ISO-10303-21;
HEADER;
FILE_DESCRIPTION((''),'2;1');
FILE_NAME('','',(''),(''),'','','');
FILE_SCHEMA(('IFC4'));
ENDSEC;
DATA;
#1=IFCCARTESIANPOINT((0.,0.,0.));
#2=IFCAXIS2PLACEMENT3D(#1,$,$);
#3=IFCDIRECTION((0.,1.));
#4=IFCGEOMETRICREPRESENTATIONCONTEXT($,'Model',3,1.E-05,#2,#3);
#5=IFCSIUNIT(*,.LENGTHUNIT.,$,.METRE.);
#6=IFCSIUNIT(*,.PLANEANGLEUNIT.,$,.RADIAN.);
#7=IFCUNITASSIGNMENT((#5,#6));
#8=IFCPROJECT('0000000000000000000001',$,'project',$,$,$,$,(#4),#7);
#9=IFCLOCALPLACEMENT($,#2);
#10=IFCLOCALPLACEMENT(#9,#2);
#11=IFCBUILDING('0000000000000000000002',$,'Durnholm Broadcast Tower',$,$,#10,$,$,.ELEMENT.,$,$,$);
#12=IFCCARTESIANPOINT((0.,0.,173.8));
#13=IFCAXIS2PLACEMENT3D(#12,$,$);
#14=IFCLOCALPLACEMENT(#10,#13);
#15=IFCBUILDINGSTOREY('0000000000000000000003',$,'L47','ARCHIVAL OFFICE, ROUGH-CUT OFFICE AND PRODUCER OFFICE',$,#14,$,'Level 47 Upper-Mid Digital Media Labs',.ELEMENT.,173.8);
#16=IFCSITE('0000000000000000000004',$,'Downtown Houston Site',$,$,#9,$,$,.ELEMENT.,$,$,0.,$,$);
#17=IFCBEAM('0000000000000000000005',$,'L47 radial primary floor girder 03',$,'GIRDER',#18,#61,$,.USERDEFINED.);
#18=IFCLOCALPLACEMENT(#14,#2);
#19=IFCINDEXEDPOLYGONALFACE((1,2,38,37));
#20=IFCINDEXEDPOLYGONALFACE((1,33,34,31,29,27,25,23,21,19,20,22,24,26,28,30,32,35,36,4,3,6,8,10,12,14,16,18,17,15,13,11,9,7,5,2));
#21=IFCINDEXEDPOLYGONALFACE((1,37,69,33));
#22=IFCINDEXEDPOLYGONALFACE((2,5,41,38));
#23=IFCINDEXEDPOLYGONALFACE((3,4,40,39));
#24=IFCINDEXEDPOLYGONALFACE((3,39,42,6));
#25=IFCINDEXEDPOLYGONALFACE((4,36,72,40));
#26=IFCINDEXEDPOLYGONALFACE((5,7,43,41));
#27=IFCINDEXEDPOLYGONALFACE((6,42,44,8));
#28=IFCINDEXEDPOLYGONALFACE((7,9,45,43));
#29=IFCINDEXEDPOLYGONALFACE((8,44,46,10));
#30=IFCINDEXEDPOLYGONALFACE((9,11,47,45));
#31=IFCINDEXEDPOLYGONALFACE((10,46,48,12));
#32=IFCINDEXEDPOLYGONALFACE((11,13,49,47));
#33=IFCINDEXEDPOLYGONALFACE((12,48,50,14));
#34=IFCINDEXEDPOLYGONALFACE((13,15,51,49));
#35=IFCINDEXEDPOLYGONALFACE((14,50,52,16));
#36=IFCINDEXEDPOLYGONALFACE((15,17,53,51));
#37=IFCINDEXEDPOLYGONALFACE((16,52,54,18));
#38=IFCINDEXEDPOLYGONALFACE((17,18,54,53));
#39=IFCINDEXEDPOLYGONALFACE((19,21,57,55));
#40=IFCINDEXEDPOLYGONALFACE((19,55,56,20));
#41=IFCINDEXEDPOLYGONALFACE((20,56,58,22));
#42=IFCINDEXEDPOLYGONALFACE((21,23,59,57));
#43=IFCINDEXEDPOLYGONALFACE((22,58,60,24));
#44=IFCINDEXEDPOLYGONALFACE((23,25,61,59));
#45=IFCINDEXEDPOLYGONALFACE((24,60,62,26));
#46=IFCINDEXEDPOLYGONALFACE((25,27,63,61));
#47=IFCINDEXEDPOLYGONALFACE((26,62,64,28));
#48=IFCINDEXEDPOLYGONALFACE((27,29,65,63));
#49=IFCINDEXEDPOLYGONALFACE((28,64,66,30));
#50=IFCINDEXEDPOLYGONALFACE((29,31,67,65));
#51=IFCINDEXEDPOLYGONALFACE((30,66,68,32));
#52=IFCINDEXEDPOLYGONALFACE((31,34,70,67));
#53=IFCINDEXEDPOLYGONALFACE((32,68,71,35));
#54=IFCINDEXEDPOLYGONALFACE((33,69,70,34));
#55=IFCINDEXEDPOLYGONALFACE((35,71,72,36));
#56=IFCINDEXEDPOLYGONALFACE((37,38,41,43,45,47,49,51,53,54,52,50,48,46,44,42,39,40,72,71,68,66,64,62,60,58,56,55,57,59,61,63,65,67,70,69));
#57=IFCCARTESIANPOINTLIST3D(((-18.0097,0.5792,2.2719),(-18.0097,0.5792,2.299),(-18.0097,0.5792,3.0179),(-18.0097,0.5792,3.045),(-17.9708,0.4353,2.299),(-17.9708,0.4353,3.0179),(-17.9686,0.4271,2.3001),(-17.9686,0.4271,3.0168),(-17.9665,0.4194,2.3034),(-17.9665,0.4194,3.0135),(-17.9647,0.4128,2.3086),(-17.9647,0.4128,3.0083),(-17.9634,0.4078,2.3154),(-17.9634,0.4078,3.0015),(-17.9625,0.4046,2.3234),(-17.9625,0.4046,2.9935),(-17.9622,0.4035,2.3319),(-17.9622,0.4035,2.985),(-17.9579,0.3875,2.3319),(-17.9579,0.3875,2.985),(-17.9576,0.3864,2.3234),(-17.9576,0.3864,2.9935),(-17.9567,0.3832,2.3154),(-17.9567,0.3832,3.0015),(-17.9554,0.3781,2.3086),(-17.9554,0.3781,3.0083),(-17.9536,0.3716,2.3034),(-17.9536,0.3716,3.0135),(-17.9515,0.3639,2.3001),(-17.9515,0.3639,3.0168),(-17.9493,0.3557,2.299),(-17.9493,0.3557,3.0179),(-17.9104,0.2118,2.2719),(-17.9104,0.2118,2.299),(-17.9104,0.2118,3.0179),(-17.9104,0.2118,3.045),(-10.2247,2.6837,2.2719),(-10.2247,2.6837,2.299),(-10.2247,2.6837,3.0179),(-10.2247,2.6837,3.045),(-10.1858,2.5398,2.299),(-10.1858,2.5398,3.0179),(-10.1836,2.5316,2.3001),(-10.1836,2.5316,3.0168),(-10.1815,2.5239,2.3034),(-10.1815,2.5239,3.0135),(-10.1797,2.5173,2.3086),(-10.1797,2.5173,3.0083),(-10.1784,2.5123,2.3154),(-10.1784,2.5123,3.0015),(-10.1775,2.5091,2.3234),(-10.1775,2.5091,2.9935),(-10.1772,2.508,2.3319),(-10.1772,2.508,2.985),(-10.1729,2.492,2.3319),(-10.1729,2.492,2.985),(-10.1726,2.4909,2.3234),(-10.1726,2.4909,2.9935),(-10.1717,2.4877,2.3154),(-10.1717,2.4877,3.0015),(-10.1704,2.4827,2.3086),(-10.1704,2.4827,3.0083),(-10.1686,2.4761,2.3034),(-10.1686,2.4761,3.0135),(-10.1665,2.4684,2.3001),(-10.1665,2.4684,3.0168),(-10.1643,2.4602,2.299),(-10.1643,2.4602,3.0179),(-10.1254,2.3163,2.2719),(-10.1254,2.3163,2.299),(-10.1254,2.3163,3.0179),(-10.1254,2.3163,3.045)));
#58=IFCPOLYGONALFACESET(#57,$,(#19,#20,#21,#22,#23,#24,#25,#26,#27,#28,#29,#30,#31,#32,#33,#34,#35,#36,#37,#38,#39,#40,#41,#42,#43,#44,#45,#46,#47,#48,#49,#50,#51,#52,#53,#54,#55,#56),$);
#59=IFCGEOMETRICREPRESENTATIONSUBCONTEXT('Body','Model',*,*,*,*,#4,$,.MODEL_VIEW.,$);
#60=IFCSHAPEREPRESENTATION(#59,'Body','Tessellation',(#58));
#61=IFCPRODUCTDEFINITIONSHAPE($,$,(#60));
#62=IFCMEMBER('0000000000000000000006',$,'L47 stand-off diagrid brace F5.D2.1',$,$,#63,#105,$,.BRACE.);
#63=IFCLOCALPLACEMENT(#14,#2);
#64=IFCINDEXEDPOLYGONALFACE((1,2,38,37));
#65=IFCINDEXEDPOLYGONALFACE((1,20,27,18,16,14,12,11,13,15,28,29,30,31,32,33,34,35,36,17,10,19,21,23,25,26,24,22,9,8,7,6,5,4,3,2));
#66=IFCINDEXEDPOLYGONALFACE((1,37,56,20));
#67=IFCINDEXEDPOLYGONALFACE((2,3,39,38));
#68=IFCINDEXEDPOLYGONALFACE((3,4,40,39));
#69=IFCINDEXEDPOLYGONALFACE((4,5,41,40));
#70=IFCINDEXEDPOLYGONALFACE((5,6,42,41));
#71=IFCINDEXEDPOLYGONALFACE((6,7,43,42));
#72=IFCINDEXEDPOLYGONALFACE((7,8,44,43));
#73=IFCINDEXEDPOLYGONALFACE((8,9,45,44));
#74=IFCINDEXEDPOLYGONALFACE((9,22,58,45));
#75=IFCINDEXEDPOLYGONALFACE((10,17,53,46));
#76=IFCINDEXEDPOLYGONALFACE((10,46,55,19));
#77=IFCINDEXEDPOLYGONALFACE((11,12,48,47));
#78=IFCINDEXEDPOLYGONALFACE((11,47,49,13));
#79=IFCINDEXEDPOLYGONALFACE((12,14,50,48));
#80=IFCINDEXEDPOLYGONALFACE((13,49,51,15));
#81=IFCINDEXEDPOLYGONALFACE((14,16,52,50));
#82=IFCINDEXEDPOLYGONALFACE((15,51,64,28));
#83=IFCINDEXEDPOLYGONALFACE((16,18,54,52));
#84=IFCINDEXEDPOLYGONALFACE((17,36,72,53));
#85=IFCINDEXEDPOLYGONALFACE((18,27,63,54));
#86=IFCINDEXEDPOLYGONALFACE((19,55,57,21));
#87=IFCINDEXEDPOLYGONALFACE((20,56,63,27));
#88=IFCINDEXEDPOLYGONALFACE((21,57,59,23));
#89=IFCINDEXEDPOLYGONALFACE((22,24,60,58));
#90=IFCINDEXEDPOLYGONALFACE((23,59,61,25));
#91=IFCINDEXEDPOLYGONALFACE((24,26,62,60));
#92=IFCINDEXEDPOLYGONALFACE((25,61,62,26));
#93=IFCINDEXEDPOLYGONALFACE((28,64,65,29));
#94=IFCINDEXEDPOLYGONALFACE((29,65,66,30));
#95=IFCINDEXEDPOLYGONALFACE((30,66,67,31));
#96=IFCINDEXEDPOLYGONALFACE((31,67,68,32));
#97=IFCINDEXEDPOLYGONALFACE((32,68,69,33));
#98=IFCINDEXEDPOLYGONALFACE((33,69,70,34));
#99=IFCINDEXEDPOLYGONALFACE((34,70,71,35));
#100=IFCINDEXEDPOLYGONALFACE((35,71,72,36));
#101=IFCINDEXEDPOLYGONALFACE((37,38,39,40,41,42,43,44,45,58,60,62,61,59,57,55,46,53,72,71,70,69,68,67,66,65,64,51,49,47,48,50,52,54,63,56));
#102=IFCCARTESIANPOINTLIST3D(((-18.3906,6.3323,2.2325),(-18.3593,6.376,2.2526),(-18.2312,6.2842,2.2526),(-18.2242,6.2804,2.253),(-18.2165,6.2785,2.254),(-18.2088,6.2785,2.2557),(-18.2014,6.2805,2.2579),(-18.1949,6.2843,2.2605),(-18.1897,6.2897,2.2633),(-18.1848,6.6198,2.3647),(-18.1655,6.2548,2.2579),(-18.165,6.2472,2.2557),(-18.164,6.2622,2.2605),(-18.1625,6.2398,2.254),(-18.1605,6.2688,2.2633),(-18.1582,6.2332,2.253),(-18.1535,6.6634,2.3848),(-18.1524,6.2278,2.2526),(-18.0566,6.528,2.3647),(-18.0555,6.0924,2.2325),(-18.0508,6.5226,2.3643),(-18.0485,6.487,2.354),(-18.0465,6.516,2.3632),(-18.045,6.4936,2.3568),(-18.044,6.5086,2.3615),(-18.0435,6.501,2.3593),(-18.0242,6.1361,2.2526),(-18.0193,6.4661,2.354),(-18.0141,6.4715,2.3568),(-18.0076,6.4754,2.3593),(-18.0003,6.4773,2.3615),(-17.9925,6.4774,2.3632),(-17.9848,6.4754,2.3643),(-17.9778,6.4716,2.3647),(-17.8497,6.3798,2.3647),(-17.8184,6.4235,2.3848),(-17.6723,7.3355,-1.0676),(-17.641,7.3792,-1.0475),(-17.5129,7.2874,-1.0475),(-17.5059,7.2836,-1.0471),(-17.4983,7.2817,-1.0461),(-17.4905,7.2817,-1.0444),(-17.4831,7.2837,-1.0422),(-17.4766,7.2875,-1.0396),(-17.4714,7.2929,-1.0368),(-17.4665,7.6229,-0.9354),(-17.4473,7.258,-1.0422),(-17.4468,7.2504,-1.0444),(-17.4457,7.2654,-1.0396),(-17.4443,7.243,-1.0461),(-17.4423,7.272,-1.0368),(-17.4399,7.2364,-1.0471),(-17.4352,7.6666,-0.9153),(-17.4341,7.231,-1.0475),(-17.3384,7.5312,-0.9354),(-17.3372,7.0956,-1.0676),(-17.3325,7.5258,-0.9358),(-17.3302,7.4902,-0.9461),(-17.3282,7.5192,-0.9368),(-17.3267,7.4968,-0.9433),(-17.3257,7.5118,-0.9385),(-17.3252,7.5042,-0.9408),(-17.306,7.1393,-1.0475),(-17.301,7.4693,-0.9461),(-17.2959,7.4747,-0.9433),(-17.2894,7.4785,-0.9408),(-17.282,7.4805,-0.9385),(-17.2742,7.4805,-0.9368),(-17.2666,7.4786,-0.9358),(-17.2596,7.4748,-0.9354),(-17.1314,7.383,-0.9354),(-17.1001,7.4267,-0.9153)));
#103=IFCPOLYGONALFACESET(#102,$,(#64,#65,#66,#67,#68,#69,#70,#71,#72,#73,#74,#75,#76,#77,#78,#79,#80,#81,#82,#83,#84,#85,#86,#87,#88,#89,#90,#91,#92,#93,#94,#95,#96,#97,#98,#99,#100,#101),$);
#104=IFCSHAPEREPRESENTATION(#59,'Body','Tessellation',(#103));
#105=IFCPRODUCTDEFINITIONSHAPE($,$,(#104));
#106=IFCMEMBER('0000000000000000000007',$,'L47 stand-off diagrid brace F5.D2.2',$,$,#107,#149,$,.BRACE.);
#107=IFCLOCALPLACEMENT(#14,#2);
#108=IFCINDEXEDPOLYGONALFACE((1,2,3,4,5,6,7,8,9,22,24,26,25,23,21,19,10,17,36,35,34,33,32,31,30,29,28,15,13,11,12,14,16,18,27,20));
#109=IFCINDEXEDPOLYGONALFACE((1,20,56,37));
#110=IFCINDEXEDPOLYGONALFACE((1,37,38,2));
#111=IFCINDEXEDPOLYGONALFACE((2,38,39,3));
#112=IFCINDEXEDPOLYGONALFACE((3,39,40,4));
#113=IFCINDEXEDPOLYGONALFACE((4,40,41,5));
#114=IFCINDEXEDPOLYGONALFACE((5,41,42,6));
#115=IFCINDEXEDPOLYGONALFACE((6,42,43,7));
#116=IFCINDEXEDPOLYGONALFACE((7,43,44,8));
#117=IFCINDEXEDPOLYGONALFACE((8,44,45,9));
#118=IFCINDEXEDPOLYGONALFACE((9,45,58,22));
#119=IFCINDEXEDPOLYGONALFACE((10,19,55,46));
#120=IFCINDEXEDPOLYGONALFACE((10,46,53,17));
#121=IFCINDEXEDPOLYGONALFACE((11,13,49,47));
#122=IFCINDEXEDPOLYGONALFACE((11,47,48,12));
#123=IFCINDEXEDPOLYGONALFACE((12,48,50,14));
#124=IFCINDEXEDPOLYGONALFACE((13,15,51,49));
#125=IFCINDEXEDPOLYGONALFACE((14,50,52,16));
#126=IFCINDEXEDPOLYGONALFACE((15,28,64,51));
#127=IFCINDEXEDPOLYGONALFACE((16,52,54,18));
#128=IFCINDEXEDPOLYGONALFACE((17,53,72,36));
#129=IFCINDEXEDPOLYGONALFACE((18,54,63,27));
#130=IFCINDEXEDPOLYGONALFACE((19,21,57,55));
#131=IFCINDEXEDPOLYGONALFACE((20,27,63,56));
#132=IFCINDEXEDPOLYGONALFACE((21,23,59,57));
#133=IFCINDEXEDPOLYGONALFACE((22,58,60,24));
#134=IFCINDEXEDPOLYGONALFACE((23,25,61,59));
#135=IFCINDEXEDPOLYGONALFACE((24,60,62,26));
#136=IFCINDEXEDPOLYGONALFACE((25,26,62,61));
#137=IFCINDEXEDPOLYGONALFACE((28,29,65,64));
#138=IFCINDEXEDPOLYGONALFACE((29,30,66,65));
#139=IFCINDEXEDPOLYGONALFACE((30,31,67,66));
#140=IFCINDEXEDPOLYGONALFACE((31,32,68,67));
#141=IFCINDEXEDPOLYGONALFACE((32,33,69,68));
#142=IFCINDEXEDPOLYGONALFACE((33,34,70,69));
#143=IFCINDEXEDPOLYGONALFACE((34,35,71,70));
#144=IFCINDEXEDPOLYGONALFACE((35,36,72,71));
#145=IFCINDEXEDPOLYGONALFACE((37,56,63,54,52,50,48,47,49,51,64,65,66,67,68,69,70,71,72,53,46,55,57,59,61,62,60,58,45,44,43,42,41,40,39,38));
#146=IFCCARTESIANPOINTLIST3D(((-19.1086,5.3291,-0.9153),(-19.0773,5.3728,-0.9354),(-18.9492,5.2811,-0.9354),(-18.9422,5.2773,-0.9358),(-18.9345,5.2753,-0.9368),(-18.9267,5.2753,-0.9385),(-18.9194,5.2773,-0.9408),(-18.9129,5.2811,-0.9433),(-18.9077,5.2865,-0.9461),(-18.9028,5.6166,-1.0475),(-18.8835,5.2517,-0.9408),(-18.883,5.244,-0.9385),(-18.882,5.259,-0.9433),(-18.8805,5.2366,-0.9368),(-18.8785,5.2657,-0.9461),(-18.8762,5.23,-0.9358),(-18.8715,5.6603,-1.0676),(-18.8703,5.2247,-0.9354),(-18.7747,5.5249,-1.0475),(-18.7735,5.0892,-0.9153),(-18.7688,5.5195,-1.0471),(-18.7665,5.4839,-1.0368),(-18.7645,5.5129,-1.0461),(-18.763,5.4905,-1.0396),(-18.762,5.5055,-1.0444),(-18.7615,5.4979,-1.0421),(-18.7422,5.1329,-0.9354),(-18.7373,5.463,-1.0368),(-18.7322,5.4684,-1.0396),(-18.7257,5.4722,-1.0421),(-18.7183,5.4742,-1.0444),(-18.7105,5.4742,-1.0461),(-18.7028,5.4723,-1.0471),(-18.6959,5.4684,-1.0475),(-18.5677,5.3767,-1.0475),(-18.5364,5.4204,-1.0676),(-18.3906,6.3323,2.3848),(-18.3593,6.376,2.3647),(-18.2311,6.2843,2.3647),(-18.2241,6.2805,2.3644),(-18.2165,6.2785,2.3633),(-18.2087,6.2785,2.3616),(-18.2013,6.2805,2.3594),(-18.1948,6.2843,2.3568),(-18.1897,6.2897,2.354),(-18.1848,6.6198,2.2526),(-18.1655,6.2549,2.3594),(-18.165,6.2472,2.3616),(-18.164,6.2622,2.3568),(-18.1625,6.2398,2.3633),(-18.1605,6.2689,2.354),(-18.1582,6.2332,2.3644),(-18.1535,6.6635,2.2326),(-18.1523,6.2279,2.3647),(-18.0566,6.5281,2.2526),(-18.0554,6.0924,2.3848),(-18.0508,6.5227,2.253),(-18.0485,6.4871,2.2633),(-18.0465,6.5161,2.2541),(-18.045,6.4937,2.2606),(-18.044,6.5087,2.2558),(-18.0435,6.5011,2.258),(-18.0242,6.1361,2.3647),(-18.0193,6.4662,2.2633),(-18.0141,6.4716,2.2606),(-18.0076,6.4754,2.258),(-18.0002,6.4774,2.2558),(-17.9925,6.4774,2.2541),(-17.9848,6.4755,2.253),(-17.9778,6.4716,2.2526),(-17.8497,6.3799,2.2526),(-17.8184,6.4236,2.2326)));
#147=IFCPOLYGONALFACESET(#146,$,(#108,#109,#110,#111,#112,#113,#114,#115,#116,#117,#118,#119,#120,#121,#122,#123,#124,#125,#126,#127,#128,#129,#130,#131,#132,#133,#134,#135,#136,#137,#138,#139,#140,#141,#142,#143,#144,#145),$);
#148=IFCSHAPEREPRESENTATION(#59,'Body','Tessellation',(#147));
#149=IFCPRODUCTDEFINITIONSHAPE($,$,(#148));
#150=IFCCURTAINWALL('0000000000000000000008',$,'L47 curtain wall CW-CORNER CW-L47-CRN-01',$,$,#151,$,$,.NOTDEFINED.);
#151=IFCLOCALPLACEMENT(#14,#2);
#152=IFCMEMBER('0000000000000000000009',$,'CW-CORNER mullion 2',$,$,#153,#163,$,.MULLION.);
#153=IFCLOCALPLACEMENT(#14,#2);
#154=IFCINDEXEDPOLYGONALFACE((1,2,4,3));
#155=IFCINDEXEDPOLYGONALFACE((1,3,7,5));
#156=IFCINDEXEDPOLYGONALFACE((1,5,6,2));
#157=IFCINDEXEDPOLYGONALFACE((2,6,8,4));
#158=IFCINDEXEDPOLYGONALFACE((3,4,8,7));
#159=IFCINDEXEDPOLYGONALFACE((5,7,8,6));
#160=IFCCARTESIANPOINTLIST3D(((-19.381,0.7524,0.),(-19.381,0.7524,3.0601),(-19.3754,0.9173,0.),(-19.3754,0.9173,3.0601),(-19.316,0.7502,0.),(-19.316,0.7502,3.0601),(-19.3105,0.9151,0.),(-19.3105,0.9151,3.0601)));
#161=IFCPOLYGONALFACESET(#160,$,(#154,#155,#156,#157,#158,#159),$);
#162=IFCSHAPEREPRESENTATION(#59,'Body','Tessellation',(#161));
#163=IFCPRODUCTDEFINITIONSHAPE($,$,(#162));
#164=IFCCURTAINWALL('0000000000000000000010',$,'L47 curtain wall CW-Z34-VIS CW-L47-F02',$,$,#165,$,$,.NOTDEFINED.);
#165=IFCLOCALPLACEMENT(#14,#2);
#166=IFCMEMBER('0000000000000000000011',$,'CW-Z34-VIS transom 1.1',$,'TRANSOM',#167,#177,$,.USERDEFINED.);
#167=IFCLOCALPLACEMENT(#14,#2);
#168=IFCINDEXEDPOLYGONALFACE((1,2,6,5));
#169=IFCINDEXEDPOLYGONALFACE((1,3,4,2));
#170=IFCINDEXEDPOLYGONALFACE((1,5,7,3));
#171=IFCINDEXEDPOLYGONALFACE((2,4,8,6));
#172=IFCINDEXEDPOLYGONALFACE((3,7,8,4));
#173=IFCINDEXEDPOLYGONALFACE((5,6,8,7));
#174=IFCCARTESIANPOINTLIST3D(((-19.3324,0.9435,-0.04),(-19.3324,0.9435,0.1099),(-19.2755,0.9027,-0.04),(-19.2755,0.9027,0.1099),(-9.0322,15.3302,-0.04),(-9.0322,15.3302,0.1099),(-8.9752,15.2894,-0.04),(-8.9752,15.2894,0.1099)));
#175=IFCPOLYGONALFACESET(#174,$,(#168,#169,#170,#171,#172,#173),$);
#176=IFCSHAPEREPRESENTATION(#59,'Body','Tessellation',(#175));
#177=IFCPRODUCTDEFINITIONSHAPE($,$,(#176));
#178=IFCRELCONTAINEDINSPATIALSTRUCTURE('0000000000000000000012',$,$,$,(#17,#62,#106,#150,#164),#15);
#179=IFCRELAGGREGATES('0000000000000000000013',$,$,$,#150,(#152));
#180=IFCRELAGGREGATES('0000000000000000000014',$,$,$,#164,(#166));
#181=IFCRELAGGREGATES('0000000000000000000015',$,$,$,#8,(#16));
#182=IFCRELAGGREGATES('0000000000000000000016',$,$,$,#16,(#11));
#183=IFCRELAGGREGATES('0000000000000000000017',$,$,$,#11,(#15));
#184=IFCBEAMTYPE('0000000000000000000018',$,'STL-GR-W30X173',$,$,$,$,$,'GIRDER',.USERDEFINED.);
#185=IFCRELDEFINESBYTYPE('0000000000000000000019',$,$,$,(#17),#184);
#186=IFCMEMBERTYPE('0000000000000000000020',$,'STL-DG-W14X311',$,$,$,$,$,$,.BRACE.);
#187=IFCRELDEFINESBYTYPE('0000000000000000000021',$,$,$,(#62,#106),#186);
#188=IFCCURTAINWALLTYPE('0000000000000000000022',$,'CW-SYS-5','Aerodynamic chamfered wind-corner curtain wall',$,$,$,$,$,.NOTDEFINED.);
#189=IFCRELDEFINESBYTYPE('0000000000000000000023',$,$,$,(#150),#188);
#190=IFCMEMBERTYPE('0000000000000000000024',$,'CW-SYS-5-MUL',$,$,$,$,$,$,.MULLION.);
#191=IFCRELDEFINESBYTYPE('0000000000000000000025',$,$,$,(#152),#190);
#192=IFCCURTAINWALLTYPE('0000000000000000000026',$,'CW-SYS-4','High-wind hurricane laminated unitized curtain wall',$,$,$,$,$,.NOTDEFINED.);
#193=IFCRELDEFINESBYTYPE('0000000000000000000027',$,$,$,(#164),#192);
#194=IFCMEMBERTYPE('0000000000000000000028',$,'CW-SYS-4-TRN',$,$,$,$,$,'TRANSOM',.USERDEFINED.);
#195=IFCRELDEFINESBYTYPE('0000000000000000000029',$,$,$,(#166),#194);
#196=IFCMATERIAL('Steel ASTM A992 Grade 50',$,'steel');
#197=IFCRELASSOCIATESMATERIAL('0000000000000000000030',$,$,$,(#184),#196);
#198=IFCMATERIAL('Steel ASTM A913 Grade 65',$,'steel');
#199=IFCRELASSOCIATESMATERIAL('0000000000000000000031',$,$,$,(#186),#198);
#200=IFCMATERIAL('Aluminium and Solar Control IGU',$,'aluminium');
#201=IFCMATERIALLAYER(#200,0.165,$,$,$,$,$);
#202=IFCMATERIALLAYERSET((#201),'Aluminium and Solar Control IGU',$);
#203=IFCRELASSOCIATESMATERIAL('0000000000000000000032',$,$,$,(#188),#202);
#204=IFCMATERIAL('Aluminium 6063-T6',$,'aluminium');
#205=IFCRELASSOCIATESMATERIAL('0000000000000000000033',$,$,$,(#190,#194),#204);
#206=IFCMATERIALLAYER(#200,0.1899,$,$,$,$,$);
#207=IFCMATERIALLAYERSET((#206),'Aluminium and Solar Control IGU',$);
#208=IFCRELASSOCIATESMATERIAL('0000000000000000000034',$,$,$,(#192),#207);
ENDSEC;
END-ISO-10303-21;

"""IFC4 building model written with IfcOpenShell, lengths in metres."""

from ifc_helpers import new_model, si_unit, direction, frame, origin, origin_2d, place, context, subcontext, project, spatial, rectangle, i_section, extrude, source, transform, mapped, material, layer, layer_set, material_profile, profile_set, type_object, type_shapes, element, aggregate, save


model = new_model("IFC4")

# Units and contexts
model_context = context("Model", 3, precision=1e-05, world=origin(), true_north=direction((0.0, 1.0)))
body_context = subcontext(model_context, "Body", "Model", "MODEL_VIEW")
ifc_project = project(units=[si_unit("LENGTHUNIT", "METRE"), si_unit("PLANEANGLEUNIT", "RADIAN")], contexts=[model_context])

# Site, building, storey
site_placement = place(None, origin())
site = spatial("IfcSite", under=ifc_project, at=site_placement, Name="Downtown Houston Site", CompositionType="ELEMENT", RefElevation=0.0)
building_placement = place(site_placement, origin())
building = spatial("IfcBuilding", under=site, at=building_placement, Name="Durnholm Broadcast Tower", CompositionType="ELEMENT")
storey_placement = place(building_placement, frame((0.0, 0.0, 173.8)))
storey = spatial("IfcBuildingStorey", under=building, at=storey_placement, Name="L47", Description="ARCHIVAL OFFICE, ROUGH-CUT OFFICE AND PRODUCER OFFICE", LongName="Level 47 Upper-Mid Digital Media Labs", CompositionType="ELEMENT", Elevation=173.8)

# Beam
ifc_material_1 = material(Name="Steel ASTM A992 Grade 50", Category="steel")
ifc_material_profile_1 = material_profile(ifc_material_1, i_section(OverallWidth=0.3806, OverallDepth=0.7732, WebThickness=0.0166, FlangeThickness=0.0271, FilletRadius=0.033, at=origin_2d()), Name="W30X173")
ifc_profile_set_1 = profile_set([ifc_material_profile_1], Name="Steel ASTM A992 Grade 50")
beam_type_1 = type_object("IfcBeamType", Name="STL-GR-W30X173", ElementType="GIRDER", PredefinedType="USERDEFINED", material=ifc_profile_set_1)
shared_shape_1 = source(origin(), body_context, "Body", "SweptSolid", [
    extrude(i_section(OverallWidth=0.3806, OverallDepth=0.7732, WebThickness=0.0166, FlangeThickness=0.0271, FilletRadius=0.033, at=origin_2d()), origin(), (0.0, 0.0, 1.0), 8.0645),
])
beam_1_placement = place(storey_placement, frame((-10.175, 2.5, 2.6584), z_axis=(-0.965349, -0.260962, 0.0), x_axis=(0.260962, -0.965349, 0.0)))
element("IfcBeam", 1, at=beam_1_placement, inside=storey, type_object=beam_type_1, Name="L47 radial primary floor girder 03", ObjectType="GIRDER", PredefinedType="USERDEFINED", context=body_context, shape_type="MappedRepresentation", body=[
    mapped(shared_shape_1, transform((0.0, 0.0, 0.0), x_axis=(1.0, 0.0, 0.0), y_axis=(0.0, 1.0, 0.0), z_axis=(0.0, 0.0, 1.0), scale=1.0)),
])

# Members
ifc_material_2 = material(Name="Steel ASTM A913 Grade 65", Category="steel")
ifc_material_profile_2 = material_profile(ifc_material_2, i_section(OverallWidth=0.4121, OverallDepth=0.4348, WebThickness=0.0359, FlangeThickness=0.0574, FilletRadius=0.0305, at=origin_2d()), Name="W14X311")
ifc_profile_set_2 = profile_set([ifc_material_profile_2], Name="Steel ASTM A913 Grade 65")
member_type_1 = type_object("IfcMemberType", Name="STL-DG-W14X311", PredefinedType="BRACE", material=ifc_profile_set_2)
shared_shape_2 = source(origin(), body_context, "Body", "SweptSolid", [
    extrude(i_section(OverallWidth=0.4121, OverallDepth=0.4348, WebThickness=0.0359, FlangeThickness=0.0574, FilletRadius=0.0305, at=origin_2d()), origin(), (0.0, 0.0, 1.0), 3.5232),
])
type_shapes(member_type_1, [shared_shape_2])
for number, where, z_axis, x_axis, name in (
    (2, (-17.3862, 7.3811, -0.9915), (-0.203869, -0.284738, 0.936676), (0.813078, -0.582155, 0.0), "L47 stand-off diagrid brace F5.D2.1"),
    (3, (-18.8225, 5.3748, -0.9915), (0.203803, 0.284742, 0.936689), (-0.813171, 0.582024, 0.0), "L47 stand-off diagrid brace F5.D2.2"),
):
    element("IfcMember", number, at=place(storey_placement, frame(where, z_axis=z_axis, x_axis=x_axis)), inside=storey, type_object=member_type_1, Name=name, PredefinedType="BRACE", context=body_context, shape_type="MappedRepresentation", body=[
        mapped(shared_shape_2, transform((0.0, 0.0, 0.0), x_axis=(1.0, 0.0, 0.0), y_axis=(0.0, 1.0, 0.0), z_axis=(0.0, 0.0, 1.0), scale=1.0)),
    ])

# Curtain wall, member
ifc_material_3 = material(Name="Aluminium and Solar Control IGU", Category="aluminium")
ifc_layer_1 = layer(ifc_material_3, 0.165)
ifc_layer_set_1 = layer_set([ifc_layer_1], Name="Aluminium and Solar Control IGU")
curtain_wall_type_1 = type_object("IfcCurtainWallType", Name="CW-SYS-5", Description="Aerodynamic chamfered wind-corner curtain wall", PredefinedType="NOTDEFINED", material=ifc_layer_set_1)
curtain_wall_1_placement = place(storey_placement, origin())
curtain_wall_1 = element("IfcCurtainWall", 4, at=curtain_wall_1_placement, inside=storey, type_object=curtain_wall_type_1, Name="L47 curtain wall CW-CORNER CW-L47-CRN-01", PredefinedType="NOTDEFINED")
ifc_material_4 = material(Name="Aluminium 6063-T6", Category="aluminium")
ifc_material_profile_3 = material_profile(ifc_material_4, rectangle(XDim=0.0649, YDim=0.165, at=origin_2d()), Name="CWM65X165")
ifc_profile_set_3 = profile_set([ifc_material_profile_3], Name="Aluminium 6063-T6")
member_type_2 = type_object("IfcMemberType", Name="CW-SYS-5-MUL", PredefinedType="MULLION", material=ifc_profile_set_3)
shared_shape_3 = source(origin(), body_context, "Body", "SweptSolid", [
    extrude(rectangle(XDim=0.0649, YDim=0.165, at=origin_2d()), origin(), (0.0, 0.0, 1.0), 3.0601),
])
type_shapes(member_type_2, [shared_shape_3])
member_1_placement = place(storey_placement, frame((-19.3457, 0.8337, 0.0), z_axis=(0.0, 0.0, 1.0), x_axis=(-0.999425, 0.033913, 0.0)))
member_1 = element("IfcMember", 5, at=member_1_placement, type_object=member_type_2, Name="CW-CORNER mullion 2", PredefinedType="MULLION", context=body_context, shape_type="MappedRepresentation", body=[
    mapped(shared_shape_3, transform((0.0, 0.0, 0.0), x_axis=(1.0, 0.0, 0.0), y_axis=(0.0, 1.0, 0.0), z_axis=(0.0, 0.0, 1.0), scale=1.0)),
])
aggregate(curtain_wall_1, [member_1])

# Curtain wall, member
ifc_layer_2 = layer(ifc_material_3, 0.1899)
ifc_layer_set_2 = layer_set([ifc_layer_2], Name="Aluminium and Solar Control IGU")
curtain_wall_type_2 = type_object("IfcCurtainWallType", Name="CW-SYS-4", Description="High-wind hurricane laminated unitized curtain wall", PredefinedType="NOTDEFINED", material=ifc_layer_set_2)
curtain_wall_2_placement = place(storey_placement, origin())
curtain_wall_2 = element("IfcCurtainWall", 6, at=curtain_wall_2_placement, inside=storey, type_object=curtain_wall_type_2, Name="L47 curtain wall CW-Z34-VIS CW-L47-F02", PredefinedType="NOTDEFINED")
ifc_material_profile_4 = material_profile(ifc_material_4, rectangle(XDim=0.0701, YDim=0.1499, at=origin_2d()), Name="CWT70X150")
ifc_profile_set_4 = profile_set([ifc_material_profile_4], Name="Aluminium 6063-T6")
member_type_3 = type_object("IfcMemberType", Name="CW-SYS-4-TRN", ElementType="TRANSOM", PredefinedType="USERDEFINED", material=ifc_profile_set_4)
shared_shape_4 = source(origin(), body_context, "Body", "SweptSolid", [
    extrude(rectangle(XDim=0.0701, YDim=0.1499, at=origin_2d()), origin(), (0.0, 0.0, 1.0), 17.6938),
])
type_shapes(member_type_3, [shared_shape_4])
member_2_placement = place(storey_placement, frame((-19.304, 0.9231, 0.0349), z_axis=(0.582138, 0.81309, 0.0), x_axis=(-0.81309, 0.582138, 0.0)))
member_2 = element("IfcMember", 7, at=member_2_placement, type_object=member_type_3, Name="CW-Z34-VIS transom 1.1", ObjectType="TRANSOM", PredefinedType="USERDEFINED", context=body_context, shape_type="MappedRepresentation", body=[
    mapped(shared_shape_4, transform((0.0, 0.0, 0.0), x_axis=(1.0, 0.0, 0.0), y_axis=(0.0, 1.0, 0.0), z_axis=(0.0, 0.0, 1.0), scale=1.0)),
])
aggregate(curtain_wall_2, [member_2])

save(model, "model.ifc")
